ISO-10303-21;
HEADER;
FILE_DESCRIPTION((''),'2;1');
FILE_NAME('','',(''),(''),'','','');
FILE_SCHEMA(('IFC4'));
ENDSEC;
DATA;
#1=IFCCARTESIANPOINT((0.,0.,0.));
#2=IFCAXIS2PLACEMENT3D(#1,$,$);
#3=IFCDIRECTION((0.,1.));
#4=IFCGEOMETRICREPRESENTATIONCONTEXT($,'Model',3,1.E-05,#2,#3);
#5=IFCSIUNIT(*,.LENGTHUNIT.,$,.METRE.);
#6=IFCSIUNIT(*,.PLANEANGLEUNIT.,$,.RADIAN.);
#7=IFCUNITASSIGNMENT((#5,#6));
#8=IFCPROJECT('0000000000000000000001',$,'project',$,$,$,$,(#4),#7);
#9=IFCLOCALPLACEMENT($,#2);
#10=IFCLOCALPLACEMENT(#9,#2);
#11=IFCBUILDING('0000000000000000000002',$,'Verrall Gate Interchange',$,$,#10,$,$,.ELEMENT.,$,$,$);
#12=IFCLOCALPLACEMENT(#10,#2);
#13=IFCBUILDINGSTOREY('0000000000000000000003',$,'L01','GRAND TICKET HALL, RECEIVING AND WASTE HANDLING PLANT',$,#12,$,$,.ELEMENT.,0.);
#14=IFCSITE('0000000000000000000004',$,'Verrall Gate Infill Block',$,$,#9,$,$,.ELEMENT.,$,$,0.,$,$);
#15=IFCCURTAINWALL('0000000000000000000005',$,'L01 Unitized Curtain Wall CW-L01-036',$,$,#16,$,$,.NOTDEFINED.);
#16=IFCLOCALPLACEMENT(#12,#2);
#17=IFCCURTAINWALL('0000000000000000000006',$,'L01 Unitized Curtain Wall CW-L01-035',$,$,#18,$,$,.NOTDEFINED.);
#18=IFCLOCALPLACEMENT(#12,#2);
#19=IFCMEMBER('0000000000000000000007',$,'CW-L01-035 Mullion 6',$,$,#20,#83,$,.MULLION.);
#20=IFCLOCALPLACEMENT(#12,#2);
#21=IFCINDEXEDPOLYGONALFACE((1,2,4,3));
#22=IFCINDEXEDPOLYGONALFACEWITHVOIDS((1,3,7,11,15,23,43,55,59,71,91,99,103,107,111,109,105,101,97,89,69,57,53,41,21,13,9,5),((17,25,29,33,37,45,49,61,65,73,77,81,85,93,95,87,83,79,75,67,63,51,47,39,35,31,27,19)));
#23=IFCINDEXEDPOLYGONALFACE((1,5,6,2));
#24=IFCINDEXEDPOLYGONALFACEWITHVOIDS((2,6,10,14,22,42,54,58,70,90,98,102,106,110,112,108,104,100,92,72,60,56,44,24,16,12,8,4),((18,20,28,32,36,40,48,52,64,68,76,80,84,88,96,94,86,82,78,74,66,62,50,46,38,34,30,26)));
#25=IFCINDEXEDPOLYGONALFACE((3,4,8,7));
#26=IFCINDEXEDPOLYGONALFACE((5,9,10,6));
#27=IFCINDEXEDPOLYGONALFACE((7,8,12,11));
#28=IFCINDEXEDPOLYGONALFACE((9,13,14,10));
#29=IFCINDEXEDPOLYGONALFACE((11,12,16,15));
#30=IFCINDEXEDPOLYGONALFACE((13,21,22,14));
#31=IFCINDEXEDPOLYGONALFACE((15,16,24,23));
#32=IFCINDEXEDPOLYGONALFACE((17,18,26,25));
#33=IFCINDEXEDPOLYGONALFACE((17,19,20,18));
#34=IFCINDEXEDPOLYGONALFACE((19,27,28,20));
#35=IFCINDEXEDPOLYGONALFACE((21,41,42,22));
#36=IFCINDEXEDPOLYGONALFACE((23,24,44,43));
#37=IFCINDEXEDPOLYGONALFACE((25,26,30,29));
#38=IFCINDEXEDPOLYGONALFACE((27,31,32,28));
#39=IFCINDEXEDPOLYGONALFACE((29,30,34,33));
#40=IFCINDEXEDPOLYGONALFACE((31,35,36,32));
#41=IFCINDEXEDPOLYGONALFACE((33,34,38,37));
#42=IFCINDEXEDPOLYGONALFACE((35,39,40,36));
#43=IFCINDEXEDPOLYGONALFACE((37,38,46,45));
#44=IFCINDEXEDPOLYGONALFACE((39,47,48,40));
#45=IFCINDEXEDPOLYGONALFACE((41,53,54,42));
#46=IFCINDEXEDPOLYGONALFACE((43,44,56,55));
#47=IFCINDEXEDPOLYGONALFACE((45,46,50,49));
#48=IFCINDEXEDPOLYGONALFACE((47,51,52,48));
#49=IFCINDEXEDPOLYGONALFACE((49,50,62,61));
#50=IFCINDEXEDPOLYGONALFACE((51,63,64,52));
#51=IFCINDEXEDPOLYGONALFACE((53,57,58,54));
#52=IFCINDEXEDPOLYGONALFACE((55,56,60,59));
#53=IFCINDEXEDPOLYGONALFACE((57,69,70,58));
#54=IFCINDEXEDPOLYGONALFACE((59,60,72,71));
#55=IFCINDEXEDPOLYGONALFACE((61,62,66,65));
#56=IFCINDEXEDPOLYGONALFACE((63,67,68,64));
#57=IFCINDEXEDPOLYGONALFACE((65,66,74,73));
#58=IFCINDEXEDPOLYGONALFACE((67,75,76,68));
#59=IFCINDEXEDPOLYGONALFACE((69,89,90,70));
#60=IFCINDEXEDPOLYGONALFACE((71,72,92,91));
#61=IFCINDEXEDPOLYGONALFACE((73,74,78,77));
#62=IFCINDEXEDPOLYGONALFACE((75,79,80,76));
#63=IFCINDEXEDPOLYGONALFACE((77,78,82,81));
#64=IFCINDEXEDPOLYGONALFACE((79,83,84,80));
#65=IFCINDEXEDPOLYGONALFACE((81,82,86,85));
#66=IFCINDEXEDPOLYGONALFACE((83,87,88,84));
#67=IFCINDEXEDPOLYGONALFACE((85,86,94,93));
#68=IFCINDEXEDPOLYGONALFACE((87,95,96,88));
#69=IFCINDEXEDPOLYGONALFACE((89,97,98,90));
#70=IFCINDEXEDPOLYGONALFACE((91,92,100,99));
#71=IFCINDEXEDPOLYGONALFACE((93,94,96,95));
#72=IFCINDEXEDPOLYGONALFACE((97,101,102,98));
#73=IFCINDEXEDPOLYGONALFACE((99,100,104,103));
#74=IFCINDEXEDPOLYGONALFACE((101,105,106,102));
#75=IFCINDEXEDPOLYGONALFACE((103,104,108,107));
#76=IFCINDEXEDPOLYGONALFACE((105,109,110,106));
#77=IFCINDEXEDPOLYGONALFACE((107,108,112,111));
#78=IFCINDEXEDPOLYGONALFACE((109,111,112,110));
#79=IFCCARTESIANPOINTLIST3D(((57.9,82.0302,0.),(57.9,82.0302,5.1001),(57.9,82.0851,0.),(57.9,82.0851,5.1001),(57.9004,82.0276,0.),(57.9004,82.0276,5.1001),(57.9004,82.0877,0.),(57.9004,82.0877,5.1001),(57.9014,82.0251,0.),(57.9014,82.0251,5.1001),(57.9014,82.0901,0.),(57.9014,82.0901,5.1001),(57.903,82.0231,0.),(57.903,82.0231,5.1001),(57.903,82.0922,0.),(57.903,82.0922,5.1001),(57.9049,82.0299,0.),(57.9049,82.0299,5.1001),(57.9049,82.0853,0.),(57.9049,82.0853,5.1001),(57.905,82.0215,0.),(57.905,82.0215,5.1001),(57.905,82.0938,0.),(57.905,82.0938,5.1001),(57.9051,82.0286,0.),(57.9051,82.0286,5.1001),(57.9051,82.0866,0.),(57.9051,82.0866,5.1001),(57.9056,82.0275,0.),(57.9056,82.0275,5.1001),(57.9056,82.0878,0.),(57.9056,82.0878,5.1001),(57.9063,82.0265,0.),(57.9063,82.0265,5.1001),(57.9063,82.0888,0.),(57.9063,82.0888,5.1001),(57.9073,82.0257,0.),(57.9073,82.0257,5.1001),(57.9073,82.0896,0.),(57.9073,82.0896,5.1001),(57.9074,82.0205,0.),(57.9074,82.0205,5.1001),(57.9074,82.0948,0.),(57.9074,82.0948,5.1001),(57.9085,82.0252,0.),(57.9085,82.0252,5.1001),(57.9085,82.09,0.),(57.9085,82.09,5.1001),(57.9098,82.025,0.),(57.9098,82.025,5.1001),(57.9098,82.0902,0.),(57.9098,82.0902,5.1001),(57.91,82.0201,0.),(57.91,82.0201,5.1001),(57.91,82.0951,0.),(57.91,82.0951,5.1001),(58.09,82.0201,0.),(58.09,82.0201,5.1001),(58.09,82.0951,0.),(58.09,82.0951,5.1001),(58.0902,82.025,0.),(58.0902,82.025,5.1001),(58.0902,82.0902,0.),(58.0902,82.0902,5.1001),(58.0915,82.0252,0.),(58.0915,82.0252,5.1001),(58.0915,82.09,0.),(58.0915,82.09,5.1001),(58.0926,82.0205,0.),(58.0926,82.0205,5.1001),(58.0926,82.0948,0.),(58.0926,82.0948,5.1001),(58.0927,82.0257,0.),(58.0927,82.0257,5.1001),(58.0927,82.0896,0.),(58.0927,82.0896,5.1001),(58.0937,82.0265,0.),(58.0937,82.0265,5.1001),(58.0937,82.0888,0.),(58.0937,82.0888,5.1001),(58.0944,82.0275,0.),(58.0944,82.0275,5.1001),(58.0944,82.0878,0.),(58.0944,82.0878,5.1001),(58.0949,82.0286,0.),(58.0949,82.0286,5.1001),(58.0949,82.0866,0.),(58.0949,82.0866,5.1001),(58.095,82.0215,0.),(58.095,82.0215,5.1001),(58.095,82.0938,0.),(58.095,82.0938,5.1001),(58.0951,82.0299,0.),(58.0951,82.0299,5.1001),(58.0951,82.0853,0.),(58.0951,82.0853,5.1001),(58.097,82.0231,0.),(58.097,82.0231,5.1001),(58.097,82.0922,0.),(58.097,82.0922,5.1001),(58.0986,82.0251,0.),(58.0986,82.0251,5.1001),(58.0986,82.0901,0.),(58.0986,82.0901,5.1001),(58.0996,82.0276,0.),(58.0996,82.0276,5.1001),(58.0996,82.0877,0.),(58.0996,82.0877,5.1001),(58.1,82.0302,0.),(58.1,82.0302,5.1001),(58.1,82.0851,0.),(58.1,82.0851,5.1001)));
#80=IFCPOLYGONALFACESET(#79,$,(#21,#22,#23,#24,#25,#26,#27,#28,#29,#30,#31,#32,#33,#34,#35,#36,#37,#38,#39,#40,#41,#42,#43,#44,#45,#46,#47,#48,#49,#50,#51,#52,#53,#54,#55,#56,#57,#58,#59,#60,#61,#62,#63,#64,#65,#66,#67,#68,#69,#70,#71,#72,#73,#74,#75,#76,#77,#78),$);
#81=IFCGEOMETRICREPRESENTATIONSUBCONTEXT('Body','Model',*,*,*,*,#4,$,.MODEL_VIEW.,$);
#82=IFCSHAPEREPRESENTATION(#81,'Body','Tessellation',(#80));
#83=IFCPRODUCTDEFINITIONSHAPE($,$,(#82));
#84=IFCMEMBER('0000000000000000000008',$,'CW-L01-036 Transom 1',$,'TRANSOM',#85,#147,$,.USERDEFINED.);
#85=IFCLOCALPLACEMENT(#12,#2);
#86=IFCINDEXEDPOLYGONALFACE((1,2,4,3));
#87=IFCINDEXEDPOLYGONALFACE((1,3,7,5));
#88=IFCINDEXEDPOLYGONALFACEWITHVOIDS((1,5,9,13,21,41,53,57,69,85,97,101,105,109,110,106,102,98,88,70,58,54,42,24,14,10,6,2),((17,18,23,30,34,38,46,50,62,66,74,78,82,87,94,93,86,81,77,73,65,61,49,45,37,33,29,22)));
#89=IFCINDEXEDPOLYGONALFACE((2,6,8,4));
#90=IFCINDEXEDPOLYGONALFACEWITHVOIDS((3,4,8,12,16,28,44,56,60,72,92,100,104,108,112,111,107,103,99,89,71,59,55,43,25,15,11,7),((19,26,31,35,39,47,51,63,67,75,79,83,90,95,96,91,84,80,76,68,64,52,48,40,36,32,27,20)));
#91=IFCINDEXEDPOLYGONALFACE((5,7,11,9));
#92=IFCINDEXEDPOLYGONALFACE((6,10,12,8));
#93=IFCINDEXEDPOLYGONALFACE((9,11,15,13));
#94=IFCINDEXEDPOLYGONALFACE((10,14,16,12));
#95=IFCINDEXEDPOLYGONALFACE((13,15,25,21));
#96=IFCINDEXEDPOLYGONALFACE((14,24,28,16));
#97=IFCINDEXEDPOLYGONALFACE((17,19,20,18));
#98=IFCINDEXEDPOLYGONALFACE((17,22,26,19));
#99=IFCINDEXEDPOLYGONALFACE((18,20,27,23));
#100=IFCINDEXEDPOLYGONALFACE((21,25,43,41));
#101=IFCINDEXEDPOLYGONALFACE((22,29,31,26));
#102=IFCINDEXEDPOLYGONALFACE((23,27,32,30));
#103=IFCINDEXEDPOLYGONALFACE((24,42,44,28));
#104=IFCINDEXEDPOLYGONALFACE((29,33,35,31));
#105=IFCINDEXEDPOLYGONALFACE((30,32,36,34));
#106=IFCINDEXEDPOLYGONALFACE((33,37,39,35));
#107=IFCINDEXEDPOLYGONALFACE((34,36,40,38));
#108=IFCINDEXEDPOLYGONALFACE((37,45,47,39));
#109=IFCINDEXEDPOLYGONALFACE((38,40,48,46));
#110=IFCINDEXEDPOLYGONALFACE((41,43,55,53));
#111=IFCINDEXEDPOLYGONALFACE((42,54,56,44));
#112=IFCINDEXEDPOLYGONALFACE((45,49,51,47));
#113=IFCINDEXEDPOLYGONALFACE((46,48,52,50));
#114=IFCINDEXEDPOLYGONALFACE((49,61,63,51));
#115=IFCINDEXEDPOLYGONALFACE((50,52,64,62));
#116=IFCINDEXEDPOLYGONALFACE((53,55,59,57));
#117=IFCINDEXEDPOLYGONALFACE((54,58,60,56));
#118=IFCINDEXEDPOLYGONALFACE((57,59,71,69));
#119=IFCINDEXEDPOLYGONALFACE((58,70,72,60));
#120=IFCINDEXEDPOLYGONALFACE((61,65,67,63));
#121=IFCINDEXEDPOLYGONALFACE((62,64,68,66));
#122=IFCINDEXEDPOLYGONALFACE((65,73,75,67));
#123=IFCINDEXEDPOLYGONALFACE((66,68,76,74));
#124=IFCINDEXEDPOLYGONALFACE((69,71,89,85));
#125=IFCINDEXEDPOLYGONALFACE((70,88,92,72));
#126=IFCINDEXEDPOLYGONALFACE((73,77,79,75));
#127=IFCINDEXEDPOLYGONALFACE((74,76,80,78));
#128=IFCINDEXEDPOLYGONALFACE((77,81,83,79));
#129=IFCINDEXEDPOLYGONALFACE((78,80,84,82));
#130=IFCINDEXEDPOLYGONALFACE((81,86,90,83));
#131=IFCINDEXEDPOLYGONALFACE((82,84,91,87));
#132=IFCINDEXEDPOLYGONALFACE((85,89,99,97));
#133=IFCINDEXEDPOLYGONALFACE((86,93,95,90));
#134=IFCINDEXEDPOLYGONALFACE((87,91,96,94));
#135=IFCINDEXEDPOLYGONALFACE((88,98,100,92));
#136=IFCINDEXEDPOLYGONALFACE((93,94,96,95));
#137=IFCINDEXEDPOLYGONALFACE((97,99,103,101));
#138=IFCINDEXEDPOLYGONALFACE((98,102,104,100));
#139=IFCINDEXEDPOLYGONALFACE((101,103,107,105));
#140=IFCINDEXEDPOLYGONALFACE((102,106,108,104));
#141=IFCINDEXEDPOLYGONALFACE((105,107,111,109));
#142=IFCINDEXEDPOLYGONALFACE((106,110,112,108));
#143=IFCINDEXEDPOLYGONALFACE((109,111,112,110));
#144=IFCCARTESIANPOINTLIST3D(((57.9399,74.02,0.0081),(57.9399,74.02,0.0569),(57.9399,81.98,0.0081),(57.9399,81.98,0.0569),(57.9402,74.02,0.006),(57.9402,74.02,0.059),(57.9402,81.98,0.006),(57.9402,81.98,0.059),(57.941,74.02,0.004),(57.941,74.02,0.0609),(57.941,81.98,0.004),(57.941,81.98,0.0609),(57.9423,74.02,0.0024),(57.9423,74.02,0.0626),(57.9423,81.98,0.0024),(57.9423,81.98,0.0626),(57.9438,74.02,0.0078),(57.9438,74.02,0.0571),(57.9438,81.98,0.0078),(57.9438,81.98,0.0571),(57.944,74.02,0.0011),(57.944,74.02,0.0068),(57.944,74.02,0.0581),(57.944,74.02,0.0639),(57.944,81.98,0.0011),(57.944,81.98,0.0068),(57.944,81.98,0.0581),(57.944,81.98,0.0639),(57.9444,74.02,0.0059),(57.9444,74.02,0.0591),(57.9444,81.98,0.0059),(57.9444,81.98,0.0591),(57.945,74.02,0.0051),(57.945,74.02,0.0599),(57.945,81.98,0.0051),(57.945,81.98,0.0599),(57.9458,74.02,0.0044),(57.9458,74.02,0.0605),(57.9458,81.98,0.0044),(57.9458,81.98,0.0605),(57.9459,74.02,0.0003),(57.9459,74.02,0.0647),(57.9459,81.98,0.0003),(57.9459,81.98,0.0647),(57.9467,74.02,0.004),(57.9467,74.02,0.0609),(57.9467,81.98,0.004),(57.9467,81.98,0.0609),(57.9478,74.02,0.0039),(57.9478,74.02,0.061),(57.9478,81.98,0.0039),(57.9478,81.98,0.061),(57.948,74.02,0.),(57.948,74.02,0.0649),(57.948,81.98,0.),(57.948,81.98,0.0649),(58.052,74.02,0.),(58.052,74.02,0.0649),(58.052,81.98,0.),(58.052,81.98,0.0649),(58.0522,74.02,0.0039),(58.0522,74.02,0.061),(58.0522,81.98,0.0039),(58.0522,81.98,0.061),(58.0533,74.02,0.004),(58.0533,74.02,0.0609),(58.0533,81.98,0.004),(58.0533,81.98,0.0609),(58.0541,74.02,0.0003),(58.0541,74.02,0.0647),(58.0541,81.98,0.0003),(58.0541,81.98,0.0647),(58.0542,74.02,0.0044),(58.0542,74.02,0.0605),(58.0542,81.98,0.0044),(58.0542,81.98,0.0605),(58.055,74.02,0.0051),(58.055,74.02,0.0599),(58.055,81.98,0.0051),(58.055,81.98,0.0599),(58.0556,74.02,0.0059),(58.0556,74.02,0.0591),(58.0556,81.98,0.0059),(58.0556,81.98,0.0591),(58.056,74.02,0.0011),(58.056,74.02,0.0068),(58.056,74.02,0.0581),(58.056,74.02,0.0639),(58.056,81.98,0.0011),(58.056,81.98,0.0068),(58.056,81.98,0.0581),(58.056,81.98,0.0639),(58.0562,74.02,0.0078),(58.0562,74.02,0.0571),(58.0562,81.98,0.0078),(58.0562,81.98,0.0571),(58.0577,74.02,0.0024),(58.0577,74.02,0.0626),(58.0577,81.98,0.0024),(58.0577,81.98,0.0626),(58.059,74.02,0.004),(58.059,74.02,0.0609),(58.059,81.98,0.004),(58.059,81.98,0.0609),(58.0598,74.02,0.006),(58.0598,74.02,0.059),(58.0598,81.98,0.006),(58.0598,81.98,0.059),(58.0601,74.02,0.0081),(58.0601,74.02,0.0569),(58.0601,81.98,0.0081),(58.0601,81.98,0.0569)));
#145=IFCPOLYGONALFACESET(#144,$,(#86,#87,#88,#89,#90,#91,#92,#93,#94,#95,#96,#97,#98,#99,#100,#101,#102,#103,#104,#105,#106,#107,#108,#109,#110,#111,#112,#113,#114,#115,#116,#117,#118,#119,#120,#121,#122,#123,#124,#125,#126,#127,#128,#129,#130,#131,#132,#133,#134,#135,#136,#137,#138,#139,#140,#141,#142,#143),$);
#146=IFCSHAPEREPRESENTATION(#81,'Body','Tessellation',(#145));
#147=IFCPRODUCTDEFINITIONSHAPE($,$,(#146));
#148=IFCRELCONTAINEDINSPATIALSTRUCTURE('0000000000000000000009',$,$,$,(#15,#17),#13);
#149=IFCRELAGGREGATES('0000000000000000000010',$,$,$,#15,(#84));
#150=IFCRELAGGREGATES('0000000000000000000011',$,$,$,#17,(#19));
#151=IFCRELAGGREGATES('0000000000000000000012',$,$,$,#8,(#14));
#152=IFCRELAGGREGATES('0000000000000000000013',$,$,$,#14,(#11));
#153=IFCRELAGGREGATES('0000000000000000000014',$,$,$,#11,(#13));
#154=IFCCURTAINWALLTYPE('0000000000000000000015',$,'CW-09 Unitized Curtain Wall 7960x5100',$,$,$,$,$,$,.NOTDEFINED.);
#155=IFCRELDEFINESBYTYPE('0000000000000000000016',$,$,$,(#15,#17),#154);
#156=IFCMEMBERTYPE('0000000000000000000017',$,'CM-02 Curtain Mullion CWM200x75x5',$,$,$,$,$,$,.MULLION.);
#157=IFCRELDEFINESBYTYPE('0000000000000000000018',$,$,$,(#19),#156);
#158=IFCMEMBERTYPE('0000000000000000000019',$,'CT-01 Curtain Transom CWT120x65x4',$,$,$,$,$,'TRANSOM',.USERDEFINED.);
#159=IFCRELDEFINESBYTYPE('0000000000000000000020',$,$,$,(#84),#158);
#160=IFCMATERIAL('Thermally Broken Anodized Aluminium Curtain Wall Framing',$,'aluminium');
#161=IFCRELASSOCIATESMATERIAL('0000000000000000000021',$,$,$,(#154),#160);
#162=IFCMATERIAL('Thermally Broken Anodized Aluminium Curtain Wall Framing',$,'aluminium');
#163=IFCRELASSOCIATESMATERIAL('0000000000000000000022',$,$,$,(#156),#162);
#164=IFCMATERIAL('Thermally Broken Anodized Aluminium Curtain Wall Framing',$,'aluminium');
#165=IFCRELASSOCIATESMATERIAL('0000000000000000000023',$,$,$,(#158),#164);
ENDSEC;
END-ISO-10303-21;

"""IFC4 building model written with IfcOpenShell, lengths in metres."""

from ifc_helpers import new_model, si_unit, direction, frame, origin, origin_2d, place, context, subcontext, project, spatial, hollow_rectangle, extrude, material, material_profile, profile_set, type_object, element, aggregate, save


model = new_model("IFC4")

# Units and contexts
model_context = context("Model", 3, precision=1e-05, world=origin(), true_north=direction((0.0, 1.0)))
body_context = subcontext(model_context, "Body", "Model", "MODEL_VIEW")
ifc_project = project(units=[si_unit("LENGTHUNIT", "METRE"), si_unit("PLANEANGLEUNIT", "RADIAN")], contexts=[model_context])

# Site, building, storey
site_placement = place(None, origin())
site = spatial("IfcSite", under=ifc_project, at=site_placement, Name="Verrall Gate Infill Block", CompositionType="ELEMENT", RefElevation=0.0)
building_placement = place(site_placement, origin())
building = spatial("IfcBuilding", under=site, at=building_placement, Name="Verrall Gate Interchange", CompositionType="ELEMENT")
storey_placement = place(building_placement, origin())
storey = spatial("IfcBuildingStorey", under=building, at=storey_placement, Name="L01", Description="GRAND TICKET HALL, RECEIVING AND WASTE HANDLING PLANT", CompositionType="ELEMENT", Elevation=0.0)

# Curtain wall
ifc_material_1 = material(Name="Thermally Broken Anodized Aluminium Curtain Wall Framing", Category="aluminium")
curtain_wall_type = type_object("IfcCurtainWallType", Name="CW-09 Unitized Curtain Wall 7960x5100", PredefinedType="NOTDEFINED", material=ifc_material_1)
curtain_wall_1_placement = place(storey_placement, origin())
curtain_wall_1 = element("IfcCurtainWall", 1, at=curtain_wall_1_placement, inside=storey, type_object=curtain_wall_type, Name="L01 Unitized Curtain Wall CW-L01-036", PredefinedType="NOTDEFINED")

# Curtain wall, member
curtain_wall_2_placement = place(storey_placement, origin())
curtain_wall_2 = element("IfcCurtainWall", 2, at=curtain_wall_2_placement, inside=storey, type_object=curtain_wall_type, Name="L01 Unitized Curtain Wall CW-L01-035", PredefinedType="NOTDEFINED")
ifc_material_2 = material(Name="Thermally Broken Anodized Aluminium Curtain Wall Framing", Category="aluminium")
ifc_material_profile_1 = material_profile(ifc_material_2, hollow_rectangle(XDim=0.075, YDim=0.2, WallThickness=0.0049, InnerFilletRadius=0.0049, OuterFilletRadius=0.01, at=origin_2d()), Name="CWM200x75x5")
ifc_profile_set_1 = profile_set([ifc_material_profile_1], Name="Thermally Broken Anodized Aluminium Curtain Wall Framing")
member_type_1 = type_object("IfcMemberType", Name="CM-02 Curtain Mullion CWM200x75x5", PredefinedType="MULLION", material=ifc_profile_set_1)
member_1_placement = place(storey_placement, frame((58.0, 82.0576, 0.0), z_axis=(0.0, 0.0, 1.0), x_axis=(0.0, -1.0, 0.0)))
member_1 = element("IfcMember", 3, at=member_1_placement, type_object=member_type_1, Name="CW-L01-035 Mullion 6", PredefinedType="MULLION", context=body_context, shape_type="SweptSolid", body=[
    extrude(hollow_rectangle(XDim=0.075, YDim=0.2, WallThickness=0.0049, InnerFilletRadius=0.0049, OuterFilletRadius=0.01, at=origin_2d()), origin(), (0.0, 0.0, 1.0), 5.1001),
])

# Member
ifc_material_3 = material(Name="Thermally Broken Anodized Aluminium Curtain Wall Framing", Category="aluminium")
ifc_material_profile_2 = material_profile(ifc_material_3, hollow_rectangle(XDim=0.1201, YDim=0.0649, WallThickness=0.0039, InnerFilletRadius=0.0039, OuterFilletRadius=0.0081, at=origin_2d()), Name="CWT120x65x4")
ifc_profile_set_2 = profile_set([ifc_material_profile_2], Name="Thermally Broken Anodized Aluminium Curtain Wall Framing")
member_type_2 = type_object("IfcMemberType", Name="CT-01 Curtain Transom CWT120x65x4", ElementType="TRANSOM", PredefinedType="USERDEFINED", material=ifc_profile_set_2)
member_2_placement = place(storey_placement, frame((58.0, 81.98, 0.0325), z_axis=(0.0, -1.0, 0.0), x_axis=(1.0, 0.0, 0.0)))
member_2 = element("IfcMember", 4, at=member_2_placement, type_object=member_type_2, Name="CW-L01-036 Transom 1", ObjectType="TRANSOM", PredefinedType="USERDEFINED", context=body_context, shape_type="SweptSolid", body=[
    extrude(hollow_rectangle(XDim=0.1201, YDim=0.0649, WallThickness=0.0039, InnerFilletRadius=0.0039, OuterFilletRadius=0.0081, at=origin_2d()), origin(), (0.0, 0.0, 1.0), 7.96),
])

aggregate(curtain_wall_1, [member_2])
aggregate(curtain_wall_2, [member_1])

save(model, "model.ifc")
